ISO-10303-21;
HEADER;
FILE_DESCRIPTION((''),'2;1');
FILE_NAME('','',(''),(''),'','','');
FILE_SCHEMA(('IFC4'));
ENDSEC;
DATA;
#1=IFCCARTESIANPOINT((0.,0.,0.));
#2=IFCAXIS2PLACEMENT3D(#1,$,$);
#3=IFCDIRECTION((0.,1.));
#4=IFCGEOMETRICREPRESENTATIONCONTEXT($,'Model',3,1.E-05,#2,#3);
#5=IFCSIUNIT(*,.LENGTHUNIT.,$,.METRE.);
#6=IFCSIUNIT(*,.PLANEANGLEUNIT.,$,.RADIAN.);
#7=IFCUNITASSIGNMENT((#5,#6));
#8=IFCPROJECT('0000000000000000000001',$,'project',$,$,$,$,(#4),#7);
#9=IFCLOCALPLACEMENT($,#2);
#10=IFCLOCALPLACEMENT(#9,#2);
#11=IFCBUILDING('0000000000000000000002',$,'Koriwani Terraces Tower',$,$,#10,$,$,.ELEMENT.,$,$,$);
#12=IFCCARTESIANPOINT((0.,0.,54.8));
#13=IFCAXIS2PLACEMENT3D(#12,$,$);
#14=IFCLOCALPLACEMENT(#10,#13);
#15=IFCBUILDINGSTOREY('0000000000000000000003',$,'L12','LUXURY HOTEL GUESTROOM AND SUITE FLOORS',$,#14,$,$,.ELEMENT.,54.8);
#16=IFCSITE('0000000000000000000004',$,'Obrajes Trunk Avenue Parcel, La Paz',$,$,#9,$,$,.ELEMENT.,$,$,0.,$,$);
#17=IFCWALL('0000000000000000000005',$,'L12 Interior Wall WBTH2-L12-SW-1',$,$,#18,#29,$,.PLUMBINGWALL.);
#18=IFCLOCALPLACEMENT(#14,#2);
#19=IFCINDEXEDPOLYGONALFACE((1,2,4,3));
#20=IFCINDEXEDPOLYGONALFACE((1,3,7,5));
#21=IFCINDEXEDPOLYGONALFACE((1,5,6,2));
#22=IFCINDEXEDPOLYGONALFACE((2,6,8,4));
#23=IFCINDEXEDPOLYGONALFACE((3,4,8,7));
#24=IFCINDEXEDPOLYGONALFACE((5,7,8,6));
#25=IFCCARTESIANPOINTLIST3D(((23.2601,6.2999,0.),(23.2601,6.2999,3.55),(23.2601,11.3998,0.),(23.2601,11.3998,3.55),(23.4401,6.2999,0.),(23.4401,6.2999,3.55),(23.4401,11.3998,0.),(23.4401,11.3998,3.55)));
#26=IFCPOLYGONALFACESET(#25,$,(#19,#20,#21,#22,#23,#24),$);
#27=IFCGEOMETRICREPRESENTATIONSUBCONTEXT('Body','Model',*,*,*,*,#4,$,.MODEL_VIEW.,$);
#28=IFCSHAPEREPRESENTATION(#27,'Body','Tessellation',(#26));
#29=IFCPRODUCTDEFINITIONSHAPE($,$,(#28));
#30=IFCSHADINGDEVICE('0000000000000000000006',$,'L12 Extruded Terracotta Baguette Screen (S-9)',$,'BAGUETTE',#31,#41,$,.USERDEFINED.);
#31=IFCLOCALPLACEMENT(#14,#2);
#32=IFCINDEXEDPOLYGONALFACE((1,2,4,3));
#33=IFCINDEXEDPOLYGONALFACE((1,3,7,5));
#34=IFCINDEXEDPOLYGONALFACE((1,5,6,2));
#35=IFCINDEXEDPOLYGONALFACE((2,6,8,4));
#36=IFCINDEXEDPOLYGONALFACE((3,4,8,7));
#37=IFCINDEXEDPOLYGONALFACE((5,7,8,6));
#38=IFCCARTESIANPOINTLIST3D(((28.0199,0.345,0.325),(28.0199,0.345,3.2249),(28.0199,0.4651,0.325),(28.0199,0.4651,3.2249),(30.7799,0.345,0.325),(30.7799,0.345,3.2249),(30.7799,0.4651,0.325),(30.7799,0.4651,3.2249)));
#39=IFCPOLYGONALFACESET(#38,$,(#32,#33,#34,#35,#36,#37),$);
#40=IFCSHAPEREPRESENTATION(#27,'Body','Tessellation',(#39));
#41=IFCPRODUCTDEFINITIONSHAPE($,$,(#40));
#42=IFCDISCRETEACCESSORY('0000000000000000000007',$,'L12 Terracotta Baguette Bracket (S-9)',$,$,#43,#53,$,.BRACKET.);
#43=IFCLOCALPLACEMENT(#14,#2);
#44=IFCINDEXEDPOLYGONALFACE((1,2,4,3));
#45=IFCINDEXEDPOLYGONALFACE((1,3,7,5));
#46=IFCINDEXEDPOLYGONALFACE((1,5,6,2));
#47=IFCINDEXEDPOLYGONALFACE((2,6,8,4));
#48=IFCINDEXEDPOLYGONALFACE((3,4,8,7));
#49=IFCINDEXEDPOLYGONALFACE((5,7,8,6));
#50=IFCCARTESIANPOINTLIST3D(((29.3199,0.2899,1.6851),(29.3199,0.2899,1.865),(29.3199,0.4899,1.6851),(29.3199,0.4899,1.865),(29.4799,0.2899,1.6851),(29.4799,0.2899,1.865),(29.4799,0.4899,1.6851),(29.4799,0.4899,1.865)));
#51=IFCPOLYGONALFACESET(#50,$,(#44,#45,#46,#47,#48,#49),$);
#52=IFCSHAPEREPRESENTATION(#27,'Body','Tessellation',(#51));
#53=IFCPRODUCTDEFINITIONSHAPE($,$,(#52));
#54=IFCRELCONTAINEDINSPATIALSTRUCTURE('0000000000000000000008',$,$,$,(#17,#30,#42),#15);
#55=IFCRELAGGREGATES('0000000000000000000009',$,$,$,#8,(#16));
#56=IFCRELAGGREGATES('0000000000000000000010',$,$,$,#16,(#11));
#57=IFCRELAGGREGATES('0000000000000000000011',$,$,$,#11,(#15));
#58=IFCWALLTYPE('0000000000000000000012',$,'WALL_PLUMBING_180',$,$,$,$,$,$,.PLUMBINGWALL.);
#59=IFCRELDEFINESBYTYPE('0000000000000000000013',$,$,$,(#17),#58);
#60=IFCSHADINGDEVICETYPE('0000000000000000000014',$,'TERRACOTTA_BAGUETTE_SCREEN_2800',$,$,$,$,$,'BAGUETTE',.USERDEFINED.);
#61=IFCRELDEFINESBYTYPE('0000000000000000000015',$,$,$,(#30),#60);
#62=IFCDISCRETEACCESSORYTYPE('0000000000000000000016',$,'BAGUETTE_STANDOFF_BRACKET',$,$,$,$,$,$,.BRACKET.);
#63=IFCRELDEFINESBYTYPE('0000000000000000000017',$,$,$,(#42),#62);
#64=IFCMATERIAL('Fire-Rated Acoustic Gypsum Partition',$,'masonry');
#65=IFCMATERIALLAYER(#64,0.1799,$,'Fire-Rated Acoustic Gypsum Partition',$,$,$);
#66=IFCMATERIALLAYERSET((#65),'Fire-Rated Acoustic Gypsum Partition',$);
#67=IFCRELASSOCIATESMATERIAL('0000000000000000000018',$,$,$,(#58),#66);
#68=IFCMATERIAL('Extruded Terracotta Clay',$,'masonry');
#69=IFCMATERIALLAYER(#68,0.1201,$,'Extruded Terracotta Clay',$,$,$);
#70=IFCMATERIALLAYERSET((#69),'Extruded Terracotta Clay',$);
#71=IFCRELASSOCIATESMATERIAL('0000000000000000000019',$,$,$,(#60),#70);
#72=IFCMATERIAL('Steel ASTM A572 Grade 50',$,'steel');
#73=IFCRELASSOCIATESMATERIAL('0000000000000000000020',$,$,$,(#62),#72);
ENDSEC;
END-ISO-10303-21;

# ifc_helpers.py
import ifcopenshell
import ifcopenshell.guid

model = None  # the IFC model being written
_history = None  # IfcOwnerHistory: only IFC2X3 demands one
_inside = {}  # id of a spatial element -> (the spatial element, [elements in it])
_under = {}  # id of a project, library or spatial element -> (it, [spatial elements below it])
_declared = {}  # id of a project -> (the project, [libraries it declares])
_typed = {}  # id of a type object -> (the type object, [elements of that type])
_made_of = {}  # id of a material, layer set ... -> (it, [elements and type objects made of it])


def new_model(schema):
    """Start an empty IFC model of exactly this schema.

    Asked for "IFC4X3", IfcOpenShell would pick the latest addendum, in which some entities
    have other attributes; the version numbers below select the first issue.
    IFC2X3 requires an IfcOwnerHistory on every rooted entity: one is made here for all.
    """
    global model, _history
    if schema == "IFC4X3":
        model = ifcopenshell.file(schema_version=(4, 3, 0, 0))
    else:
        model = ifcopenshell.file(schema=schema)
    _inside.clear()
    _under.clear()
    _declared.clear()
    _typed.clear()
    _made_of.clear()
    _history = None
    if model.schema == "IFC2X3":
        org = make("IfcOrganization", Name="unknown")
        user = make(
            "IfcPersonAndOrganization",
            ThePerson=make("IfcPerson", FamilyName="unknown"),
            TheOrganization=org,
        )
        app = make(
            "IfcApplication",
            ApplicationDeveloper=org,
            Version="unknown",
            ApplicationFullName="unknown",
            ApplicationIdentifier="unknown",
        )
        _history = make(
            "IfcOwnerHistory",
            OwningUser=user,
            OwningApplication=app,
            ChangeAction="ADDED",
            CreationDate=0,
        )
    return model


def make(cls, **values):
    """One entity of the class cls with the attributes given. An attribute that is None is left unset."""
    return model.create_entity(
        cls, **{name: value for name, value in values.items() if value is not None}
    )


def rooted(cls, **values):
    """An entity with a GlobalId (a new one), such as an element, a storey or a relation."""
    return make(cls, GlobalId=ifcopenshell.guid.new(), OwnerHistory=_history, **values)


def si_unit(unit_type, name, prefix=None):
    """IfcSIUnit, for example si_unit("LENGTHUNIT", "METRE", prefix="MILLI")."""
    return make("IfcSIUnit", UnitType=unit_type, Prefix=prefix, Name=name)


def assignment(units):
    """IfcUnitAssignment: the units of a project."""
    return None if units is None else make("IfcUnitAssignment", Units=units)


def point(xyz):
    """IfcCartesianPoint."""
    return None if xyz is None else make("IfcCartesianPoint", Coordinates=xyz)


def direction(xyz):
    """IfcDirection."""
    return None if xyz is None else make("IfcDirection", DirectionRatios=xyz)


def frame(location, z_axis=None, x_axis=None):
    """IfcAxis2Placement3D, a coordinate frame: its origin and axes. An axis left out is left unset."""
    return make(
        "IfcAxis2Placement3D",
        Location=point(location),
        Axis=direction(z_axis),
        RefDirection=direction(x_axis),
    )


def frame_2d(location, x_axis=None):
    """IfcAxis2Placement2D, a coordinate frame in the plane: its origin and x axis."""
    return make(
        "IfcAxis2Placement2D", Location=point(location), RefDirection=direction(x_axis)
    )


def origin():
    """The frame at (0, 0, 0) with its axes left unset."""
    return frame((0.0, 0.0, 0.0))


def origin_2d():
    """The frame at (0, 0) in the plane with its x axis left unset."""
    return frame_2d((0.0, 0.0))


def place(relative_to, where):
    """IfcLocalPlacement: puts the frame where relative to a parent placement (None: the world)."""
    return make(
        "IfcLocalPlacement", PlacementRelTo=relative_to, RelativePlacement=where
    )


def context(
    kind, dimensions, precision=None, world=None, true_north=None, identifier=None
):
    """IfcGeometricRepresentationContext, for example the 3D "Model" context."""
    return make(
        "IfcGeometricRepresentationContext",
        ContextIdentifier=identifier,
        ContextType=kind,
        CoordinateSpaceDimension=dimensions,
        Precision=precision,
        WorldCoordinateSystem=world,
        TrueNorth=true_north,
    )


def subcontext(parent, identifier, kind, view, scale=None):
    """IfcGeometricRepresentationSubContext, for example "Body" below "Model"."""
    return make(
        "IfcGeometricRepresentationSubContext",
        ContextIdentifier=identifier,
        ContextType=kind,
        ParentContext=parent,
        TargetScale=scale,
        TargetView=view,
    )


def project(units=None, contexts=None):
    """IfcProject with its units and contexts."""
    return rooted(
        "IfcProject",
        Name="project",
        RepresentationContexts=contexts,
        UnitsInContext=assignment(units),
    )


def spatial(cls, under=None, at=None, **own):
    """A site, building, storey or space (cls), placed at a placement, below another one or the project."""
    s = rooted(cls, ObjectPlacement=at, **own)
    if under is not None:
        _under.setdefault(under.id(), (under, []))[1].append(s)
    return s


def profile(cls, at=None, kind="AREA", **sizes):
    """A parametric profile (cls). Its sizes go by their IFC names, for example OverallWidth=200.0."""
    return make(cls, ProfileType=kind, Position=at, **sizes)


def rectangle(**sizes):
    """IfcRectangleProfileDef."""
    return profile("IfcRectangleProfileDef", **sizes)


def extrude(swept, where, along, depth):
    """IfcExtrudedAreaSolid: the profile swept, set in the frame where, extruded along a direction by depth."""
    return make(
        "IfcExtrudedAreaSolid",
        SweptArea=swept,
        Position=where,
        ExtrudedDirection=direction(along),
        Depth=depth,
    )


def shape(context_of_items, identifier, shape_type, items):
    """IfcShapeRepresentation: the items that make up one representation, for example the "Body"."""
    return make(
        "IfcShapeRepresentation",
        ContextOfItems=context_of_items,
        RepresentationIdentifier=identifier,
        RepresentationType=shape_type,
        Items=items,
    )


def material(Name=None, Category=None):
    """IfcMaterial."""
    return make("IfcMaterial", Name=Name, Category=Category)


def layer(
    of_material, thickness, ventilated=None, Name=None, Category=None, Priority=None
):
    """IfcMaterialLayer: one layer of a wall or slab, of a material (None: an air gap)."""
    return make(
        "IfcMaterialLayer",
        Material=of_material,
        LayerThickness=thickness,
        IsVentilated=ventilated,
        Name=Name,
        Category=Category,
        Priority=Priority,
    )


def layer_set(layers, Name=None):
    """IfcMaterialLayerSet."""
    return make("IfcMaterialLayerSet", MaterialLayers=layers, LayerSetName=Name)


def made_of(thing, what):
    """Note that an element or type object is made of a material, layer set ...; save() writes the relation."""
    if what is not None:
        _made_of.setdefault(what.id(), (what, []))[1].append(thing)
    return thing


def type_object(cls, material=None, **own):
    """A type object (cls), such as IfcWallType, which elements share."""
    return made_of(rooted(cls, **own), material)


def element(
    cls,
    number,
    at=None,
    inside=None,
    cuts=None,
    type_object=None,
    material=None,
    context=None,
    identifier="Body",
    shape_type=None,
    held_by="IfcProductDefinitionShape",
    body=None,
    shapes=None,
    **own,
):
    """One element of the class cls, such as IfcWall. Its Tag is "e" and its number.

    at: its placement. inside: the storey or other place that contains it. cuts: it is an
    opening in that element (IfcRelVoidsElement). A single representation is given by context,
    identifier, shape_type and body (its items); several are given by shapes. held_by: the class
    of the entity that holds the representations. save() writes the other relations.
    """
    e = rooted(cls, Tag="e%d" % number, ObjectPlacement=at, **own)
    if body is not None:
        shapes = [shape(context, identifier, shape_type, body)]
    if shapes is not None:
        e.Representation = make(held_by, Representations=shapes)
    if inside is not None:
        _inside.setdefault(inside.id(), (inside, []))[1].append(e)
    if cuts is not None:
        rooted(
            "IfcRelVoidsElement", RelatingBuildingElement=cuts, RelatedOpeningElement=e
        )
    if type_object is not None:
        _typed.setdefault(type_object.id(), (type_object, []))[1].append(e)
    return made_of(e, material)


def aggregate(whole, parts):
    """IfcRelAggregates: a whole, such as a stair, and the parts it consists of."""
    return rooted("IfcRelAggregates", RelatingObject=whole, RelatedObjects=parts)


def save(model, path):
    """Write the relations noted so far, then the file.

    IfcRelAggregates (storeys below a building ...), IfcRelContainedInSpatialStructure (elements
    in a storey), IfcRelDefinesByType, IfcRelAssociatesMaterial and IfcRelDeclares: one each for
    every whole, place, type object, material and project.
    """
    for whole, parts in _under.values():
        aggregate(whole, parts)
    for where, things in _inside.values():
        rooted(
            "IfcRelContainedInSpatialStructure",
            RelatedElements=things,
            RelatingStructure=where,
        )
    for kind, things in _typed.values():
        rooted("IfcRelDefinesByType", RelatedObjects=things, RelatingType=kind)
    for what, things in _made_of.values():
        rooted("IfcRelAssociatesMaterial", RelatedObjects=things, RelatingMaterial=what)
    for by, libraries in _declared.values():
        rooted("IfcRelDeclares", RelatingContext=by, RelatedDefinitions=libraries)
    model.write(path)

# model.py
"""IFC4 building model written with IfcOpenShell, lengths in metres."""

from ifc_helpers import new_model, si_unit, direction, frame, frame_2d, origin, origin_2d, place, context, subcontext, project, spatial, rectangle, extrude, material, layer, layer_set, type_object, element, save


model = new_model("IFC4")

# Units and contexts
model_context = context("Model", 3, precision=1e-05, world=origin(), true_north=direction((0.0, 1.0)))
body_context = subcontext(model_context, "Body", "Model", "MODEL_VIEW")
ifc_project = project(units=[si_unit("LENGTHUNIT", "METRE"), si_unit("PLANEANGLEUNIT", "RADIAN")], contexts=[model_context])

# Site, building, storey
site_placement = place(None, origin())
site = spatial("IfcSite", under=ifc_project, at=site_placement, Name="Obrajes Trunk Avenue Parcel, La Paz", CompositionType="ELEMENT", RefElevation=0.0)
building_placement = place(site_placement, origin())
building = spatial("IfcBuilding", under=site, at=building_placement, Name="Koriwani Terraces Tower", CompositionType="ELEMENT")
storey_placement = place(building_placement, frame((0.0, 0.0, 54.8)))
storey = spatial("IfcBuildingStorey", under=building, at=storey_placement, Name="L12", Description="LUXURY HOTEL GUESTROOM AND SUITE FLOORS", CompositionType="ELEMENT", Elevation=54.8)

# Shared definitions
ifc_material_1 = material(Name="Steel ASTM A572 Grade 50", Category="steel")

# Shared definitions
ifc_material_2 = material(Name="Fire-Rated Acoustic Gypsum Partition", Category="masonry")
ifc_layer_1 = layer(ifc_material_2, 0.1799, Name="Fire-Rated Acoustic Gypsum Partition")
ifc_layer_set_1 = layer_set([ifc_layer_1], Name="Fire-Rated Acoustic Gypsum Partition")
wall_type_1 = type_object("IfcWallType", Name="WALL_PLUMBING_180", PredefinedType="PLUMBINGWALL", material=ifc_layer_set_1)

# Wall
for number, where, z_axis, x_axis, name in (
    (1, (23.3501, 6.3, 0.0), (0.0, 0.0, 1.0), (0.0, 1.0, 0.0), "L12 Interior Wall WBTH2-L12-SW-1"),
):
    element("IfcWall", number, at=place(storey_placement, frame(where, z_axis=z_axis, x_axis=x_axis)), inside=storey, type_object=wall_type_1, Name=name, PredefinedType="PLUMBINGWALL", context=body_context, shape_type="SweptSolid", body=[
        extrude(rectangle(XDim=5.0999, YDim=0.1799, at=frame_2d((2.5498, 0.0))), origin(), (0.0, 0.0, 1.0), 3.55),
    ])

# Shading device
ifc_material_3 = material(Name="Extruded Terracotta Clay", Category="masonry")
ifc_layer_2 = layer(ifc_material_3, 0.1201, Name="Extruded Terracotta Clay")
ifc_layer_set_2 = layer_set([ifc_layer_2], Name="Extruded Terracotta Clay")
shading_device_type = type_object("IfcShadingDeviceType", Name="TERRACOTTA_BAGUETTE_SCREEN_2800", ElementType="BAGUETTE", PredefinedType="USERDEFINED", material=ifc_layer_set_2)
shading_device_placement = place(storey_placement, frame((29.3999, 0.405, 0.325), z_axis=(0.0, 0.0, 1.0), x_axis=(-1.0, 0.0, 0.0)))
element("IfcShadingDevice", 2, at=shading_device_placement, inside=storey, type_object=shading_device_type, Name="L12 Extruded Terracotta Baguette Screen (S-9)", ObjectType="BAGUETTE", PredefinedType="USERDEFINED", context=body_context, shape_type="SweptSolid", body=[
    extrude(rectangle(XDim=2.76, YDim=0.1201, at=origin_2d()), origin(), (0.0, 0.0, 1.0), 2.8999),
])

# Discrete accessory
discrete_accessory_type = type_object("IfcDiscreteAccessoryType", Name="BAGUETTE_STANDOFF_BRACKET", PredefinedType="BRACKET", material=ifc_material_1)
discrete_accessory_placement = place(storey_placement, frame((29.3999, 0.3899, 1.6851), z_axis=(0.0, 0.0, 1.0), x_axis=(-1.0, 0.0, 0.0)))
element("IfcDiscreteAccessory", 3, at=discrete_accessory_placement, inside=storey, type_object=discrete_accessory_type, Name="L12 Terracotta Baguette Bracket (S-9)", PredefinedType="BRACKET", context=body_context, shape_type="SweptSolid", body=[
    extrude(rectangle(XDim=0.1599, YDim=0.2, at=origin_2d()), origin(), (0.0, 0.0, 1.0), 0.1799),
])

save(model, "model.ifc")
